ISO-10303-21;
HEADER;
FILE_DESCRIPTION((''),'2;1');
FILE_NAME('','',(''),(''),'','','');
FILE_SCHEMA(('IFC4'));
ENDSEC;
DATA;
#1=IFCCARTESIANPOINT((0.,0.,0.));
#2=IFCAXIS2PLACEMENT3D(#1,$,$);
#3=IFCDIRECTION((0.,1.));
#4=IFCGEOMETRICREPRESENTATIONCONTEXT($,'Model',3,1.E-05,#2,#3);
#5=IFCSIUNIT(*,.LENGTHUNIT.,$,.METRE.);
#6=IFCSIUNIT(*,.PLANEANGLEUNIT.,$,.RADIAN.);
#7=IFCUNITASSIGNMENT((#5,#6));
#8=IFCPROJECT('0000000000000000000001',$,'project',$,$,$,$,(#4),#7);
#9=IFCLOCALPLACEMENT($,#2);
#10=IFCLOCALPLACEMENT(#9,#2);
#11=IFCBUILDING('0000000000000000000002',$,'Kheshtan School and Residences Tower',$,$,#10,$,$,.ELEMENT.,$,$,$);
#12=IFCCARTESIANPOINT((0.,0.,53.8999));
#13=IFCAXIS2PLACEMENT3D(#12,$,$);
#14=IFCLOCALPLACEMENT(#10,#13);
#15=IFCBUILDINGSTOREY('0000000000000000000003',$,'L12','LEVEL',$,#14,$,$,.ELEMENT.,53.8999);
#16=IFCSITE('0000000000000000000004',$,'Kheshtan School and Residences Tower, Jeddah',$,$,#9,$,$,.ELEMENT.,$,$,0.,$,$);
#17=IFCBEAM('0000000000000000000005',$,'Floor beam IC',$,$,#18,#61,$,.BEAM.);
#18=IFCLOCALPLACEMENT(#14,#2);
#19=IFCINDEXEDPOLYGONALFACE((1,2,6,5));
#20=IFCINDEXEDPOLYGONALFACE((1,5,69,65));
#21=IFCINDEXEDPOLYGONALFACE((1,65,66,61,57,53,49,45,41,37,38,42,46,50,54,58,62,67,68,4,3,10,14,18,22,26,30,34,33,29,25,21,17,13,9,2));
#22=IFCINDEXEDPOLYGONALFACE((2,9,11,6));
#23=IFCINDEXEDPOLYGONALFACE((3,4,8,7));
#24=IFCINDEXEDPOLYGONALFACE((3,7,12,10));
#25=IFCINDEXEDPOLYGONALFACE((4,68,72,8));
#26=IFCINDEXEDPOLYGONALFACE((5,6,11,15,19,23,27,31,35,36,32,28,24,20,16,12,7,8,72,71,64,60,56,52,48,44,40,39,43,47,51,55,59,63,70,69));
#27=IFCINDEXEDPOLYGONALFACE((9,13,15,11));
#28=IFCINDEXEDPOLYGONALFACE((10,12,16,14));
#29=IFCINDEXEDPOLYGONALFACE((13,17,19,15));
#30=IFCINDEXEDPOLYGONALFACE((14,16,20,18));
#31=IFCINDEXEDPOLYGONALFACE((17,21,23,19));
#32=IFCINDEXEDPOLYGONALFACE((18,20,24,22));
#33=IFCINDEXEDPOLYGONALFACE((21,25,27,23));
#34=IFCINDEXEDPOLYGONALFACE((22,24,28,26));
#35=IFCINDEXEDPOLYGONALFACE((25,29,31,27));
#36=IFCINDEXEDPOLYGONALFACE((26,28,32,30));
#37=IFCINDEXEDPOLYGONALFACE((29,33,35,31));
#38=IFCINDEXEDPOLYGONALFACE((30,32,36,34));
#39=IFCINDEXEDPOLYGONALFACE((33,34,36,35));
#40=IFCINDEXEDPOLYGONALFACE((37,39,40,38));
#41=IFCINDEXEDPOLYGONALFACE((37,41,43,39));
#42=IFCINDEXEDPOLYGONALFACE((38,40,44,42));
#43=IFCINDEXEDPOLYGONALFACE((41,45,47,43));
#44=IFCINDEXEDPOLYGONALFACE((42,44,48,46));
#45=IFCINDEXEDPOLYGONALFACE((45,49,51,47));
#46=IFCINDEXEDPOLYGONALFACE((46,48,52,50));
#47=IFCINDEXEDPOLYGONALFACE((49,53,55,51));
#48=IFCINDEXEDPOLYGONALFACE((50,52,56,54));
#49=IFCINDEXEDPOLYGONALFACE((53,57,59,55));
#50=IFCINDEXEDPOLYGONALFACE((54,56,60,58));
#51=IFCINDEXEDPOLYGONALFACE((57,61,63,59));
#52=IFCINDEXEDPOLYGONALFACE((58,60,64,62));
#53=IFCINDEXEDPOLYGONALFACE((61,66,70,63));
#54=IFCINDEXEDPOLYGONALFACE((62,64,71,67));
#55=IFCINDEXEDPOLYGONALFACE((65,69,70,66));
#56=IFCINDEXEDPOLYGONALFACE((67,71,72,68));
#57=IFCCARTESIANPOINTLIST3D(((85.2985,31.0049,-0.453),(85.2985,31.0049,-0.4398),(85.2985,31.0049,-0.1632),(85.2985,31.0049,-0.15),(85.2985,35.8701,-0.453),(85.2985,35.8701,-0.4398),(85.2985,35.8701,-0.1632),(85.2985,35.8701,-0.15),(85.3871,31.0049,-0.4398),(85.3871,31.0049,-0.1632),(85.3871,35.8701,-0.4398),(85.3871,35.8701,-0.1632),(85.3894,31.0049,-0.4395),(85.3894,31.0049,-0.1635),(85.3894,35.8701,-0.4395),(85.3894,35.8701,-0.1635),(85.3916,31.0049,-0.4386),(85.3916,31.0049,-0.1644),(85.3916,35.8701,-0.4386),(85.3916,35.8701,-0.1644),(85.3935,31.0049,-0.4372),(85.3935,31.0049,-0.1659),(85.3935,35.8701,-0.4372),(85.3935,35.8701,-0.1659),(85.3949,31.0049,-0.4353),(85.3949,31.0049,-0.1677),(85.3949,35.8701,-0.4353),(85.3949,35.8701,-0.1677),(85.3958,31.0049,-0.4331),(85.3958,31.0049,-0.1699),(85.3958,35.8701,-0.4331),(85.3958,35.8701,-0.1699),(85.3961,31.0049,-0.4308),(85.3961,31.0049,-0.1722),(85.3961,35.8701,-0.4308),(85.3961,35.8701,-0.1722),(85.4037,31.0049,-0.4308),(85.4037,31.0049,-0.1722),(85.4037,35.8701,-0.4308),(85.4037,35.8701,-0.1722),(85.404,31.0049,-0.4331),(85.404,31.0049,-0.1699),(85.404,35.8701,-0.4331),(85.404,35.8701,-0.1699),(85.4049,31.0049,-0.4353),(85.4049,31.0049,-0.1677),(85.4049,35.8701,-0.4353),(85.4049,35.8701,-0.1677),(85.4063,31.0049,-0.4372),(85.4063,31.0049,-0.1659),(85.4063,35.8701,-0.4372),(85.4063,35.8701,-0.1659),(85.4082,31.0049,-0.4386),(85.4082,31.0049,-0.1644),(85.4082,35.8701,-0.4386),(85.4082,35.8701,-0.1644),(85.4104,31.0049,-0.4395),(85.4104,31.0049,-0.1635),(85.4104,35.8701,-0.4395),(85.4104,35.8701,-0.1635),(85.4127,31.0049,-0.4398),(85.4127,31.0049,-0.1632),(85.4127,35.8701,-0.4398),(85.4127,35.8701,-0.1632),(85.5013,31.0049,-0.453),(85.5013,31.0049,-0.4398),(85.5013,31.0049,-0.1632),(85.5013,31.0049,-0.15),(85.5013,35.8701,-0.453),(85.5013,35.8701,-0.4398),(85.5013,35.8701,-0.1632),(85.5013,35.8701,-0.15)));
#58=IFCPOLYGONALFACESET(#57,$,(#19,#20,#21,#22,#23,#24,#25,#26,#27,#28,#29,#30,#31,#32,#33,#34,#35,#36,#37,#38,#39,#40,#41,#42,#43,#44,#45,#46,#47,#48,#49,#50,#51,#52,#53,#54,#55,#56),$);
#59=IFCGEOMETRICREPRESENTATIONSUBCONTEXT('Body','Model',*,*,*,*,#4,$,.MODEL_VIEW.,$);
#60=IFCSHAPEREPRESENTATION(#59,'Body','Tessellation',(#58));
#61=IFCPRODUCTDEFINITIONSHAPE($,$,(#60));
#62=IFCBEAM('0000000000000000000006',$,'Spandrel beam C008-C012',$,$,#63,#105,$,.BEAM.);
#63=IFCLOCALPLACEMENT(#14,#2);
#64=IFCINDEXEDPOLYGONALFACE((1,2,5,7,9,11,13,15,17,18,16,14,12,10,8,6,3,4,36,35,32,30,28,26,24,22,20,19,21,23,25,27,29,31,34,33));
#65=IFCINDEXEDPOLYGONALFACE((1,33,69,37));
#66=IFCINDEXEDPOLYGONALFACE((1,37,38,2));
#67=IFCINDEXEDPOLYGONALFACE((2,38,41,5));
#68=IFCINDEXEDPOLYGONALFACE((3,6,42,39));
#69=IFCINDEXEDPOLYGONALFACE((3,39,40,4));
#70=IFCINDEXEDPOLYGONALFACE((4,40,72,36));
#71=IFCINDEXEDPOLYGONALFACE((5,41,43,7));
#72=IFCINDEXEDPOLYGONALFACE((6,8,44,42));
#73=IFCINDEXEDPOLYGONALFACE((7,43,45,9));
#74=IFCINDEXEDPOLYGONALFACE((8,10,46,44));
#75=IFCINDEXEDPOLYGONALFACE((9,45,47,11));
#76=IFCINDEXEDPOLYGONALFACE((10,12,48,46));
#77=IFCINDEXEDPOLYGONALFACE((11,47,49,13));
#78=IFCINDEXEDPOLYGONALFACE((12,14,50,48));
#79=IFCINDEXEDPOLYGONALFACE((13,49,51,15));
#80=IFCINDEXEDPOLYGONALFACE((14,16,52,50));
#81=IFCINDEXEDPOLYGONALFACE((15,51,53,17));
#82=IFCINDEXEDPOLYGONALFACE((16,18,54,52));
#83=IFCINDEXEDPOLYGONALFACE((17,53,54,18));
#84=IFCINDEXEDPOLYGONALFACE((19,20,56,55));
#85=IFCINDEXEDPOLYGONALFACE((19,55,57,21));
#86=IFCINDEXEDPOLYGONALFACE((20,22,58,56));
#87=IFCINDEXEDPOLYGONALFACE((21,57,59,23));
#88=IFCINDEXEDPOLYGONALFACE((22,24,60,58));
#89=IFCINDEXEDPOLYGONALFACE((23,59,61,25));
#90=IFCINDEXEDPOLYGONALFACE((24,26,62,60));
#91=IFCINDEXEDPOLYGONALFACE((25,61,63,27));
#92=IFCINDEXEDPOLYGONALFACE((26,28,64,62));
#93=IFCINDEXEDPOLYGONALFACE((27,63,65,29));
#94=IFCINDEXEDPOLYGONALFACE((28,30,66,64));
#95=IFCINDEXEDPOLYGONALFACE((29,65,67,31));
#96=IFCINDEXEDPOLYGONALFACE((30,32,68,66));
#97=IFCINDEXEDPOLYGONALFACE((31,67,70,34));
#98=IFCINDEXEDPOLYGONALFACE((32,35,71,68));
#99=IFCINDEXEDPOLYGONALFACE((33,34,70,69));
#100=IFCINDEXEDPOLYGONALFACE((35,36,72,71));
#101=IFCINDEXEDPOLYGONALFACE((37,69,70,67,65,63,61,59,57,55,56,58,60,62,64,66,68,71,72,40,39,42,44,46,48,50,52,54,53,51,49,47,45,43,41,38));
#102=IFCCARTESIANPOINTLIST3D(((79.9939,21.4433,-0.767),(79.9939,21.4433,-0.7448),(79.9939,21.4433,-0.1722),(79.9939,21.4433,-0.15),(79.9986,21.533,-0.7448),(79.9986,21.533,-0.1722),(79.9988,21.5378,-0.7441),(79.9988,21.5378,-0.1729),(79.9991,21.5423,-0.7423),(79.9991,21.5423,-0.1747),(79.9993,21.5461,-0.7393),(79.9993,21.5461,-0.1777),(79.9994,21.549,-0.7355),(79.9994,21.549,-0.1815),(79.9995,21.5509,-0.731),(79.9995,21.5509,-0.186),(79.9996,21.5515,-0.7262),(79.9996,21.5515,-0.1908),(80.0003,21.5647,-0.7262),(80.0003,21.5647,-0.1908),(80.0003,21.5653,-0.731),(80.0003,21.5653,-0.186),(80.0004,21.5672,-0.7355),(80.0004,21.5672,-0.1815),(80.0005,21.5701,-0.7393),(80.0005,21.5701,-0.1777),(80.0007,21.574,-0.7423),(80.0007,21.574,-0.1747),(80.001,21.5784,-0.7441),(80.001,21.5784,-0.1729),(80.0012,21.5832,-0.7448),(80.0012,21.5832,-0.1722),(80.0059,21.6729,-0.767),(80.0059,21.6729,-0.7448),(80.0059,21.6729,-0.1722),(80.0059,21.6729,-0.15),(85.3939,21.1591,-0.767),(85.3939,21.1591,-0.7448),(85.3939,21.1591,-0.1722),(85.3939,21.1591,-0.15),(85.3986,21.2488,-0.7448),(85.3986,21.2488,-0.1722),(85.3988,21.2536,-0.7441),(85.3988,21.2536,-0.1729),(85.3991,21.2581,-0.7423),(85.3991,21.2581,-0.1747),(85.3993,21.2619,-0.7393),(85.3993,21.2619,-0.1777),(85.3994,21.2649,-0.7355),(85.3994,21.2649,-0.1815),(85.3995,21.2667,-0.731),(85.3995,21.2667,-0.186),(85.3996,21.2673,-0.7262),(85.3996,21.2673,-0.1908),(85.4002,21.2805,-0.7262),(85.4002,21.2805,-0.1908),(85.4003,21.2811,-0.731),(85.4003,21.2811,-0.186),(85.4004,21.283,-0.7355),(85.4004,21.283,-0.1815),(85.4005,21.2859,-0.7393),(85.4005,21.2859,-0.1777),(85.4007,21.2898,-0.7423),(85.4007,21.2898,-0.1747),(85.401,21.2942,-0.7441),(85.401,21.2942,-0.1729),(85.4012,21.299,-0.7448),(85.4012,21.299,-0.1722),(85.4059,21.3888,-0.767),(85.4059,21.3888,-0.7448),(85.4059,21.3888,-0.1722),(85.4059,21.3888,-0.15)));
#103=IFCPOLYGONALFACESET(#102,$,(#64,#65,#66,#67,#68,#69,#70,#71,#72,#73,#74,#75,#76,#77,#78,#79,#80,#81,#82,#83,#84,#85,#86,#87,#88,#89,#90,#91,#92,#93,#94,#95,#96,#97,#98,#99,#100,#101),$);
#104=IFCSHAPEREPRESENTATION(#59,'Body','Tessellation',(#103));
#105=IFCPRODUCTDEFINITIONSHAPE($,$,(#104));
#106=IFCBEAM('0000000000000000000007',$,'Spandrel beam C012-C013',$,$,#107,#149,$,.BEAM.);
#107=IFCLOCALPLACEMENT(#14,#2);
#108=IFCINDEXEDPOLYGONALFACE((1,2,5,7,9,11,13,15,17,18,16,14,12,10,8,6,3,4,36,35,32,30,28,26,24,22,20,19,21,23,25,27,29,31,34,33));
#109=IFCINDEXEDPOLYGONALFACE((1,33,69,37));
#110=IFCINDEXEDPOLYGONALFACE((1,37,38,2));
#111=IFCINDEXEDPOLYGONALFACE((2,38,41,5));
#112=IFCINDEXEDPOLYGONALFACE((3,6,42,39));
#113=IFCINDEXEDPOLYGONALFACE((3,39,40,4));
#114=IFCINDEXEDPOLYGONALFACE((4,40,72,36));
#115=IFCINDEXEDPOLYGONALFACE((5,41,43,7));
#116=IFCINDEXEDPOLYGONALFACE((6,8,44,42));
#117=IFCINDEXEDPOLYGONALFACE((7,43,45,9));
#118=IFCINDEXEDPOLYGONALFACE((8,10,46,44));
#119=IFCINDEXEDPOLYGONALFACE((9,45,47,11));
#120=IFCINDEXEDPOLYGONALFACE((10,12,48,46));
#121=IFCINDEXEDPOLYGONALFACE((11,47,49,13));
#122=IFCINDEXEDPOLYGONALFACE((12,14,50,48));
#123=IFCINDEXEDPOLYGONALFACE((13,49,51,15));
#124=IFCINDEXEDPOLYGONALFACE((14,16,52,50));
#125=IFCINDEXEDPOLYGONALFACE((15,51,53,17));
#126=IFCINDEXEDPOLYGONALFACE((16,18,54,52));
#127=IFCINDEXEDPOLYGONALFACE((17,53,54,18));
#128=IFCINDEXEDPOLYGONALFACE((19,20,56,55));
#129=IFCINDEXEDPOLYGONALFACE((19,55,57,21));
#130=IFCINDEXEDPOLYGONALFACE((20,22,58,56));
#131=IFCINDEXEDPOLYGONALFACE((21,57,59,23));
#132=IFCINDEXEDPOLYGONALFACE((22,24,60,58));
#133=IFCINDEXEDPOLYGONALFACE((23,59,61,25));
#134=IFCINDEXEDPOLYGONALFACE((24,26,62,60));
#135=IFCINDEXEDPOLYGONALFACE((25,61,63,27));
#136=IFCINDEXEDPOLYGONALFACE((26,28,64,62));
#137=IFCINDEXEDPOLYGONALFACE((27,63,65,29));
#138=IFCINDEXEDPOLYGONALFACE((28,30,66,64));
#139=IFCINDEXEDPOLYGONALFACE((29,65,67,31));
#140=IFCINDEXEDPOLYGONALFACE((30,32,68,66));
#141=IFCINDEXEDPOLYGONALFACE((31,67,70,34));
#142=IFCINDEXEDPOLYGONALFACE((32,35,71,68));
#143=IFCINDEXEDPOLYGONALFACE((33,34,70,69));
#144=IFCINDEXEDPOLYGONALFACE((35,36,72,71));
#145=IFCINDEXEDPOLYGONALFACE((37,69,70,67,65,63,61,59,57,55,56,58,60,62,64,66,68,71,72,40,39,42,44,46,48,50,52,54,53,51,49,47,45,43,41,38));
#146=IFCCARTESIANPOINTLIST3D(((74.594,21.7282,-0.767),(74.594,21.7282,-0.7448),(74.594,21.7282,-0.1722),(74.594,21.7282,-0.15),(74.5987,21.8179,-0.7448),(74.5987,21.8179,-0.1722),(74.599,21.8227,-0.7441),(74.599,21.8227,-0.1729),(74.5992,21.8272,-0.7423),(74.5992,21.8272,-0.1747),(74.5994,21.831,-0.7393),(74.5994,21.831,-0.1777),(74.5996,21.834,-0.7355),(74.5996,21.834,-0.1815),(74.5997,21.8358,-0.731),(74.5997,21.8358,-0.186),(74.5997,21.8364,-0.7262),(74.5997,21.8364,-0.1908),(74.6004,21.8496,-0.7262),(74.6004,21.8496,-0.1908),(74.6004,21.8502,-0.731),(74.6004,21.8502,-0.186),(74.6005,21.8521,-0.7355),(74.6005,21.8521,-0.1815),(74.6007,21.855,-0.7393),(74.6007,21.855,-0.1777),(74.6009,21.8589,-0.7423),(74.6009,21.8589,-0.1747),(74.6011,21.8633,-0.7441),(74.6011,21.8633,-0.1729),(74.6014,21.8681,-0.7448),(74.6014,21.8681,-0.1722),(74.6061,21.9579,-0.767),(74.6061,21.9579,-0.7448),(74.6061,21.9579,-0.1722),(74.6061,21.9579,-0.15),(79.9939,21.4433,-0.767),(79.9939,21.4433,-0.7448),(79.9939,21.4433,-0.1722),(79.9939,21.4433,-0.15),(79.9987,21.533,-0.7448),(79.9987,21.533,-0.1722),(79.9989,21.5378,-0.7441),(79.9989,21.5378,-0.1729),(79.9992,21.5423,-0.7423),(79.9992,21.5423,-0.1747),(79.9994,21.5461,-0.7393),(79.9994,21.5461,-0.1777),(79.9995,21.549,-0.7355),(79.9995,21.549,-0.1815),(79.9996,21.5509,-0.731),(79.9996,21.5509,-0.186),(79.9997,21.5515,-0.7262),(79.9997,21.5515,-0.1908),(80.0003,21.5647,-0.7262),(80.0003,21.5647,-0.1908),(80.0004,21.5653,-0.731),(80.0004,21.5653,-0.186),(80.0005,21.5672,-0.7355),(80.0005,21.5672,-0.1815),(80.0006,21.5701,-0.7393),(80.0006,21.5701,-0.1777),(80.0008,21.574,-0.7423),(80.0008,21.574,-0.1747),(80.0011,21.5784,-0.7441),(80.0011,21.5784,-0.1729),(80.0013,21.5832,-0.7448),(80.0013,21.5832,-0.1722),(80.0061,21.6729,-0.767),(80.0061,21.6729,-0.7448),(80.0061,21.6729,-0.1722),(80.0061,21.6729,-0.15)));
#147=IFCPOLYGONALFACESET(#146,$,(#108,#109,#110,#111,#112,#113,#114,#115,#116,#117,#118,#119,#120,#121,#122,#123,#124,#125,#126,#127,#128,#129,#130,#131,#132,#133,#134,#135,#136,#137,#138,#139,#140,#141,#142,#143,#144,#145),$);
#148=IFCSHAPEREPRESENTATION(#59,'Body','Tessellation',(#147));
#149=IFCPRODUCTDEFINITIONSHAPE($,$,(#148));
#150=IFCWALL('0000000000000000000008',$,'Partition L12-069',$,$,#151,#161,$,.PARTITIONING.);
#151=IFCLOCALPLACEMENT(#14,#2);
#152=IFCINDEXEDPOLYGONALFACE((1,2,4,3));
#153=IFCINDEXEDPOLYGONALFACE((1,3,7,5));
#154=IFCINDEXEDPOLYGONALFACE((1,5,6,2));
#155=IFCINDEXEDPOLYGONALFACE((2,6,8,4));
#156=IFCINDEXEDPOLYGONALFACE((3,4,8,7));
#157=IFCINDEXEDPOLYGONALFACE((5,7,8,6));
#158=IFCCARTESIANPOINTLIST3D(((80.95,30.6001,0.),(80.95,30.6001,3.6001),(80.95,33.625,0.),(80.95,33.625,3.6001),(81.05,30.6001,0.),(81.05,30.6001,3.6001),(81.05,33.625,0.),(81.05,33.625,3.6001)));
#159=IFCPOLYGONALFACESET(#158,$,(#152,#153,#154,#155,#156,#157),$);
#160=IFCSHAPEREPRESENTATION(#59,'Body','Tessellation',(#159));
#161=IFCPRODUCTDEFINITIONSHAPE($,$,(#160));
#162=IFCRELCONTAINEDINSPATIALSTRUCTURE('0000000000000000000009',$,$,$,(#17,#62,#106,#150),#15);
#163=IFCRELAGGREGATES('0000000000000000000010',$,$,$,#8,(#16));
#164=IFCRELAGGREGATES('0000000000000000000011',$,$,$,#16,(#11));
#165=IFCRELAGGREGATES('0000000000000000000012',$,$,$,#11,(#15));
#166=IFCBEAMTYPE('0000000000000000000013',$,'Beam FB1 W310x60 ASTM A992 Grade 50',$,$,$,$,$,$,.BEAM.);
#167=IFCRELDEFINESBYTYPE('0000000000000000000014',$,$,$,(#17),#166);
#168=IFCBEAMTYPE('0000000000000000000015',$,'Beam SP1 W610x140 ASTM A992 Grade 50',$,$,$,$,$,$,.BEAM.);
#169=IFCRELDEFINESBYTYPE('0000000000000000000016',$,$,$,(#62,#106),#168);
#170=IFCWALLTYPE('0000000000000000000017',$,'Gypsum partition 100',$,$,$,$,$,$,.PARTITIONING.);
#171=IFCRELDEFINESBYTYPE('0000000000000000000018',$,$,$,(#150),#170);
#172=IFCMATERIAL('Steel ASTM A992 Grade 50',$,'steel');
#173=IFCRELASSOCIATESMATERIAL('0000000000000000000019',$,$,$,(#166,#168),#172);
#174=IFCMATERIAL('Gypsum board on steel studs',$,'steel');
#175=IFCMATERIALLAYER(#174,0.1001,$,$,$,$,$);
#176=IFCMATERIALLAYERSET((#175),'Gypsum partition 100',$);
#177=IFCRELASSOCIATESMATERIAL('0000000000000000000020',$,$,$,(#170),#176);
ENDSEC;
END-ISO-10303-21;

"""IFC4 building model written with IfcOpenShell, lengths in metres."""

from ifc_helpers import new_model, si_unit, direction, frame, frame_2d, origin, origin_2d, place, context, subcontext, project, spatial, rectangle, i_section, extrude, material, layer, layer_set, material_profile, profile_set, type_object, element, save


model = new_model("IFC4")

# Units and contexts
model_context = context("Model", 3, precision=1e-05, world=origin(), true_north=direction((0.0, 1.0)))
body_context = subcontext(model_context, "Body", "Model", "MODEL_VIEW")
ifc_project = project(units=[si_unit("LENGTHUNIT", "METRE"), si_unit("PLANEANGLEUNIT", "RADIAN")], contexts=[model_context])

# Site, building, storey
site_placement = place(None, origin())
site = spatial("IfcSite", under=ifc_project, at=site_placement, Name="Kheshtan School and Residences Tower, Jeddah", CompositionType="ELEMENT", RefElevation=0.0)
building_placement = place(site_placement, origin())
building = spatial("IfcBuilding", under=site, at=building_placement, Name="Kheshtan School and Residences Tower", CompositionType="ELEMENT")
storey_placement = place(building_placement, frame((0.0, 0.0, 53.8999)))
storey = spatial("IfcBuildingStorey", under=building, at=storey_placement, Name="L12", Description="LEVEL", CompositionType="ELEMENT", Elevation=53.8999)

# Shared definitions
ifc_material_1 = material(Name="Steel ASTM A992 Grade 50", Category="steel")

# Beams
ifc_material_profile_1 = material_profile(ifc_material_1, i_section(OverallWidth=0.2029, OverallDepth=0.303, WebThickness=0.0076, FlangeThickness=0.0132, FilletRadius=0.009, at=origin_2d()), Name="W310x60")
ifc_profile_set_1 = profile_set([ifc_material_profile_1], Name="Steel ASTM A992 Grade 50")
beam_type_1 = type_object("IfcBeamType", Name="Beam FB1 W310x60 ASTM A992 Grade 50", PredefinedType="BEAM", material=ifc_profile_set_1)
beam_placement = place(storey_placement, frame((85.3999, 31.0049, -0.3015), z_axis=(0.0, 1.0, 0.0), x_axis=(-1.0, 0.0, 0.0)))
element("IfcBeam", 1, at=beam_placement, inside=storey, type_object=beam_type_1, Name="Floor beam IC", PredefinedType="BEAM", context=body_context, shape_type="SweptSolid", body=[
    extrude(i_section(OverallWidth=0.2029, OverallDepth=0.303, WebThickness=0.0076, FlangeThickness=0.0132, FilletRadius=0.009, at=origin_2d()), origin(), (0.0, 0.0, 1.0), 4.8652),
])
ifc_material_profile_2 = material_profile(ifc_material_1, i_section(OverallWidth=0.23, OverallDepth=0.6169, WebThickness=0.0132, FlangeThickness=0.0222, FilletRadius=0.0186, at=origin_2d()), Name="W610x140")
ifc_profile_set_2 = profile_set([ifc_material_profile_2], Name="Steel ASTM A992 Grade 50")
beam_type_2 = type_object("IfcBeamType", Name="Beam SP1 W610x140 ASTM A992 Grade 50", PredefinedType="BEAM", material=ifc_profile_set_2)
for number, where, z_axis, x_axis, name in (
    (2, (85.3999, 21.2739, -0.4585), (-0.998618, 0.052554, 0.0), (-0.052554, -0.998618, 0.0), "Spandrel beam C008-C012"),
    (3, (80.0, 21.5581, -0.4585), (-0.998611, 0.052689, 0.0), (-0.052689, -0.998611, 0.0), "Spandrel beam C012-C013"),
):
    element("IfcBeam", number, at=place(storey_placement, frame(where, z_axis=z_axis, x_axis=x_axis)), inside=storey, type_object=beam_type_2, Name=name, PredefinedType="BEAM", context=body_context, shape_type="SweptSolid", body=[
        extrude(i_section(OverallWidth=0.23, OverallDepth=0.6169, WebThickness=0.0132, FlangeThickness=0.0222, FilletRadius=0.0186, at=origin_2d()), origin(), (0.0, 0.0, 1.0), 5.4075),
    ])

# Wall
ifc_material_2 = material(Name="Gypsum board on steel studs", Category="steel")
ifc_layer_1 = layer(ifc_material_2, 0.1001)
ifc_layer_set_1 = layer_set([ifc_layer_1], Name="Gypsum partition 100")
wall_type_1 = type_object("IfcWallType", Name="Gypsum partition 100", PredefinedType="PARTITIONING", material=ifc_layer_set_1)
wall_1_placement = place(storey_placement, frame((81.0, 30.6001, 0.0), z_axis=(0.0, 0.0, 1.0), x_axis=(0.0, 1.0, 0.0)))
element("IfcWall", 4, at=wall_1_placement, inside=storey, type_object=wall_type_1, Name="Partition L12-069", PredefinedType="PARTITIONING", context=body_context, shape_type="SweptSolid", body=[
    extrude(rectangle(XDim=3.0249, YDim=0.1001, at=frame_2d((1.5125, 0.0))), origin(), (0.0, 0.0, 1.0), 3.6001),
])

save(model, "model.ifc")
